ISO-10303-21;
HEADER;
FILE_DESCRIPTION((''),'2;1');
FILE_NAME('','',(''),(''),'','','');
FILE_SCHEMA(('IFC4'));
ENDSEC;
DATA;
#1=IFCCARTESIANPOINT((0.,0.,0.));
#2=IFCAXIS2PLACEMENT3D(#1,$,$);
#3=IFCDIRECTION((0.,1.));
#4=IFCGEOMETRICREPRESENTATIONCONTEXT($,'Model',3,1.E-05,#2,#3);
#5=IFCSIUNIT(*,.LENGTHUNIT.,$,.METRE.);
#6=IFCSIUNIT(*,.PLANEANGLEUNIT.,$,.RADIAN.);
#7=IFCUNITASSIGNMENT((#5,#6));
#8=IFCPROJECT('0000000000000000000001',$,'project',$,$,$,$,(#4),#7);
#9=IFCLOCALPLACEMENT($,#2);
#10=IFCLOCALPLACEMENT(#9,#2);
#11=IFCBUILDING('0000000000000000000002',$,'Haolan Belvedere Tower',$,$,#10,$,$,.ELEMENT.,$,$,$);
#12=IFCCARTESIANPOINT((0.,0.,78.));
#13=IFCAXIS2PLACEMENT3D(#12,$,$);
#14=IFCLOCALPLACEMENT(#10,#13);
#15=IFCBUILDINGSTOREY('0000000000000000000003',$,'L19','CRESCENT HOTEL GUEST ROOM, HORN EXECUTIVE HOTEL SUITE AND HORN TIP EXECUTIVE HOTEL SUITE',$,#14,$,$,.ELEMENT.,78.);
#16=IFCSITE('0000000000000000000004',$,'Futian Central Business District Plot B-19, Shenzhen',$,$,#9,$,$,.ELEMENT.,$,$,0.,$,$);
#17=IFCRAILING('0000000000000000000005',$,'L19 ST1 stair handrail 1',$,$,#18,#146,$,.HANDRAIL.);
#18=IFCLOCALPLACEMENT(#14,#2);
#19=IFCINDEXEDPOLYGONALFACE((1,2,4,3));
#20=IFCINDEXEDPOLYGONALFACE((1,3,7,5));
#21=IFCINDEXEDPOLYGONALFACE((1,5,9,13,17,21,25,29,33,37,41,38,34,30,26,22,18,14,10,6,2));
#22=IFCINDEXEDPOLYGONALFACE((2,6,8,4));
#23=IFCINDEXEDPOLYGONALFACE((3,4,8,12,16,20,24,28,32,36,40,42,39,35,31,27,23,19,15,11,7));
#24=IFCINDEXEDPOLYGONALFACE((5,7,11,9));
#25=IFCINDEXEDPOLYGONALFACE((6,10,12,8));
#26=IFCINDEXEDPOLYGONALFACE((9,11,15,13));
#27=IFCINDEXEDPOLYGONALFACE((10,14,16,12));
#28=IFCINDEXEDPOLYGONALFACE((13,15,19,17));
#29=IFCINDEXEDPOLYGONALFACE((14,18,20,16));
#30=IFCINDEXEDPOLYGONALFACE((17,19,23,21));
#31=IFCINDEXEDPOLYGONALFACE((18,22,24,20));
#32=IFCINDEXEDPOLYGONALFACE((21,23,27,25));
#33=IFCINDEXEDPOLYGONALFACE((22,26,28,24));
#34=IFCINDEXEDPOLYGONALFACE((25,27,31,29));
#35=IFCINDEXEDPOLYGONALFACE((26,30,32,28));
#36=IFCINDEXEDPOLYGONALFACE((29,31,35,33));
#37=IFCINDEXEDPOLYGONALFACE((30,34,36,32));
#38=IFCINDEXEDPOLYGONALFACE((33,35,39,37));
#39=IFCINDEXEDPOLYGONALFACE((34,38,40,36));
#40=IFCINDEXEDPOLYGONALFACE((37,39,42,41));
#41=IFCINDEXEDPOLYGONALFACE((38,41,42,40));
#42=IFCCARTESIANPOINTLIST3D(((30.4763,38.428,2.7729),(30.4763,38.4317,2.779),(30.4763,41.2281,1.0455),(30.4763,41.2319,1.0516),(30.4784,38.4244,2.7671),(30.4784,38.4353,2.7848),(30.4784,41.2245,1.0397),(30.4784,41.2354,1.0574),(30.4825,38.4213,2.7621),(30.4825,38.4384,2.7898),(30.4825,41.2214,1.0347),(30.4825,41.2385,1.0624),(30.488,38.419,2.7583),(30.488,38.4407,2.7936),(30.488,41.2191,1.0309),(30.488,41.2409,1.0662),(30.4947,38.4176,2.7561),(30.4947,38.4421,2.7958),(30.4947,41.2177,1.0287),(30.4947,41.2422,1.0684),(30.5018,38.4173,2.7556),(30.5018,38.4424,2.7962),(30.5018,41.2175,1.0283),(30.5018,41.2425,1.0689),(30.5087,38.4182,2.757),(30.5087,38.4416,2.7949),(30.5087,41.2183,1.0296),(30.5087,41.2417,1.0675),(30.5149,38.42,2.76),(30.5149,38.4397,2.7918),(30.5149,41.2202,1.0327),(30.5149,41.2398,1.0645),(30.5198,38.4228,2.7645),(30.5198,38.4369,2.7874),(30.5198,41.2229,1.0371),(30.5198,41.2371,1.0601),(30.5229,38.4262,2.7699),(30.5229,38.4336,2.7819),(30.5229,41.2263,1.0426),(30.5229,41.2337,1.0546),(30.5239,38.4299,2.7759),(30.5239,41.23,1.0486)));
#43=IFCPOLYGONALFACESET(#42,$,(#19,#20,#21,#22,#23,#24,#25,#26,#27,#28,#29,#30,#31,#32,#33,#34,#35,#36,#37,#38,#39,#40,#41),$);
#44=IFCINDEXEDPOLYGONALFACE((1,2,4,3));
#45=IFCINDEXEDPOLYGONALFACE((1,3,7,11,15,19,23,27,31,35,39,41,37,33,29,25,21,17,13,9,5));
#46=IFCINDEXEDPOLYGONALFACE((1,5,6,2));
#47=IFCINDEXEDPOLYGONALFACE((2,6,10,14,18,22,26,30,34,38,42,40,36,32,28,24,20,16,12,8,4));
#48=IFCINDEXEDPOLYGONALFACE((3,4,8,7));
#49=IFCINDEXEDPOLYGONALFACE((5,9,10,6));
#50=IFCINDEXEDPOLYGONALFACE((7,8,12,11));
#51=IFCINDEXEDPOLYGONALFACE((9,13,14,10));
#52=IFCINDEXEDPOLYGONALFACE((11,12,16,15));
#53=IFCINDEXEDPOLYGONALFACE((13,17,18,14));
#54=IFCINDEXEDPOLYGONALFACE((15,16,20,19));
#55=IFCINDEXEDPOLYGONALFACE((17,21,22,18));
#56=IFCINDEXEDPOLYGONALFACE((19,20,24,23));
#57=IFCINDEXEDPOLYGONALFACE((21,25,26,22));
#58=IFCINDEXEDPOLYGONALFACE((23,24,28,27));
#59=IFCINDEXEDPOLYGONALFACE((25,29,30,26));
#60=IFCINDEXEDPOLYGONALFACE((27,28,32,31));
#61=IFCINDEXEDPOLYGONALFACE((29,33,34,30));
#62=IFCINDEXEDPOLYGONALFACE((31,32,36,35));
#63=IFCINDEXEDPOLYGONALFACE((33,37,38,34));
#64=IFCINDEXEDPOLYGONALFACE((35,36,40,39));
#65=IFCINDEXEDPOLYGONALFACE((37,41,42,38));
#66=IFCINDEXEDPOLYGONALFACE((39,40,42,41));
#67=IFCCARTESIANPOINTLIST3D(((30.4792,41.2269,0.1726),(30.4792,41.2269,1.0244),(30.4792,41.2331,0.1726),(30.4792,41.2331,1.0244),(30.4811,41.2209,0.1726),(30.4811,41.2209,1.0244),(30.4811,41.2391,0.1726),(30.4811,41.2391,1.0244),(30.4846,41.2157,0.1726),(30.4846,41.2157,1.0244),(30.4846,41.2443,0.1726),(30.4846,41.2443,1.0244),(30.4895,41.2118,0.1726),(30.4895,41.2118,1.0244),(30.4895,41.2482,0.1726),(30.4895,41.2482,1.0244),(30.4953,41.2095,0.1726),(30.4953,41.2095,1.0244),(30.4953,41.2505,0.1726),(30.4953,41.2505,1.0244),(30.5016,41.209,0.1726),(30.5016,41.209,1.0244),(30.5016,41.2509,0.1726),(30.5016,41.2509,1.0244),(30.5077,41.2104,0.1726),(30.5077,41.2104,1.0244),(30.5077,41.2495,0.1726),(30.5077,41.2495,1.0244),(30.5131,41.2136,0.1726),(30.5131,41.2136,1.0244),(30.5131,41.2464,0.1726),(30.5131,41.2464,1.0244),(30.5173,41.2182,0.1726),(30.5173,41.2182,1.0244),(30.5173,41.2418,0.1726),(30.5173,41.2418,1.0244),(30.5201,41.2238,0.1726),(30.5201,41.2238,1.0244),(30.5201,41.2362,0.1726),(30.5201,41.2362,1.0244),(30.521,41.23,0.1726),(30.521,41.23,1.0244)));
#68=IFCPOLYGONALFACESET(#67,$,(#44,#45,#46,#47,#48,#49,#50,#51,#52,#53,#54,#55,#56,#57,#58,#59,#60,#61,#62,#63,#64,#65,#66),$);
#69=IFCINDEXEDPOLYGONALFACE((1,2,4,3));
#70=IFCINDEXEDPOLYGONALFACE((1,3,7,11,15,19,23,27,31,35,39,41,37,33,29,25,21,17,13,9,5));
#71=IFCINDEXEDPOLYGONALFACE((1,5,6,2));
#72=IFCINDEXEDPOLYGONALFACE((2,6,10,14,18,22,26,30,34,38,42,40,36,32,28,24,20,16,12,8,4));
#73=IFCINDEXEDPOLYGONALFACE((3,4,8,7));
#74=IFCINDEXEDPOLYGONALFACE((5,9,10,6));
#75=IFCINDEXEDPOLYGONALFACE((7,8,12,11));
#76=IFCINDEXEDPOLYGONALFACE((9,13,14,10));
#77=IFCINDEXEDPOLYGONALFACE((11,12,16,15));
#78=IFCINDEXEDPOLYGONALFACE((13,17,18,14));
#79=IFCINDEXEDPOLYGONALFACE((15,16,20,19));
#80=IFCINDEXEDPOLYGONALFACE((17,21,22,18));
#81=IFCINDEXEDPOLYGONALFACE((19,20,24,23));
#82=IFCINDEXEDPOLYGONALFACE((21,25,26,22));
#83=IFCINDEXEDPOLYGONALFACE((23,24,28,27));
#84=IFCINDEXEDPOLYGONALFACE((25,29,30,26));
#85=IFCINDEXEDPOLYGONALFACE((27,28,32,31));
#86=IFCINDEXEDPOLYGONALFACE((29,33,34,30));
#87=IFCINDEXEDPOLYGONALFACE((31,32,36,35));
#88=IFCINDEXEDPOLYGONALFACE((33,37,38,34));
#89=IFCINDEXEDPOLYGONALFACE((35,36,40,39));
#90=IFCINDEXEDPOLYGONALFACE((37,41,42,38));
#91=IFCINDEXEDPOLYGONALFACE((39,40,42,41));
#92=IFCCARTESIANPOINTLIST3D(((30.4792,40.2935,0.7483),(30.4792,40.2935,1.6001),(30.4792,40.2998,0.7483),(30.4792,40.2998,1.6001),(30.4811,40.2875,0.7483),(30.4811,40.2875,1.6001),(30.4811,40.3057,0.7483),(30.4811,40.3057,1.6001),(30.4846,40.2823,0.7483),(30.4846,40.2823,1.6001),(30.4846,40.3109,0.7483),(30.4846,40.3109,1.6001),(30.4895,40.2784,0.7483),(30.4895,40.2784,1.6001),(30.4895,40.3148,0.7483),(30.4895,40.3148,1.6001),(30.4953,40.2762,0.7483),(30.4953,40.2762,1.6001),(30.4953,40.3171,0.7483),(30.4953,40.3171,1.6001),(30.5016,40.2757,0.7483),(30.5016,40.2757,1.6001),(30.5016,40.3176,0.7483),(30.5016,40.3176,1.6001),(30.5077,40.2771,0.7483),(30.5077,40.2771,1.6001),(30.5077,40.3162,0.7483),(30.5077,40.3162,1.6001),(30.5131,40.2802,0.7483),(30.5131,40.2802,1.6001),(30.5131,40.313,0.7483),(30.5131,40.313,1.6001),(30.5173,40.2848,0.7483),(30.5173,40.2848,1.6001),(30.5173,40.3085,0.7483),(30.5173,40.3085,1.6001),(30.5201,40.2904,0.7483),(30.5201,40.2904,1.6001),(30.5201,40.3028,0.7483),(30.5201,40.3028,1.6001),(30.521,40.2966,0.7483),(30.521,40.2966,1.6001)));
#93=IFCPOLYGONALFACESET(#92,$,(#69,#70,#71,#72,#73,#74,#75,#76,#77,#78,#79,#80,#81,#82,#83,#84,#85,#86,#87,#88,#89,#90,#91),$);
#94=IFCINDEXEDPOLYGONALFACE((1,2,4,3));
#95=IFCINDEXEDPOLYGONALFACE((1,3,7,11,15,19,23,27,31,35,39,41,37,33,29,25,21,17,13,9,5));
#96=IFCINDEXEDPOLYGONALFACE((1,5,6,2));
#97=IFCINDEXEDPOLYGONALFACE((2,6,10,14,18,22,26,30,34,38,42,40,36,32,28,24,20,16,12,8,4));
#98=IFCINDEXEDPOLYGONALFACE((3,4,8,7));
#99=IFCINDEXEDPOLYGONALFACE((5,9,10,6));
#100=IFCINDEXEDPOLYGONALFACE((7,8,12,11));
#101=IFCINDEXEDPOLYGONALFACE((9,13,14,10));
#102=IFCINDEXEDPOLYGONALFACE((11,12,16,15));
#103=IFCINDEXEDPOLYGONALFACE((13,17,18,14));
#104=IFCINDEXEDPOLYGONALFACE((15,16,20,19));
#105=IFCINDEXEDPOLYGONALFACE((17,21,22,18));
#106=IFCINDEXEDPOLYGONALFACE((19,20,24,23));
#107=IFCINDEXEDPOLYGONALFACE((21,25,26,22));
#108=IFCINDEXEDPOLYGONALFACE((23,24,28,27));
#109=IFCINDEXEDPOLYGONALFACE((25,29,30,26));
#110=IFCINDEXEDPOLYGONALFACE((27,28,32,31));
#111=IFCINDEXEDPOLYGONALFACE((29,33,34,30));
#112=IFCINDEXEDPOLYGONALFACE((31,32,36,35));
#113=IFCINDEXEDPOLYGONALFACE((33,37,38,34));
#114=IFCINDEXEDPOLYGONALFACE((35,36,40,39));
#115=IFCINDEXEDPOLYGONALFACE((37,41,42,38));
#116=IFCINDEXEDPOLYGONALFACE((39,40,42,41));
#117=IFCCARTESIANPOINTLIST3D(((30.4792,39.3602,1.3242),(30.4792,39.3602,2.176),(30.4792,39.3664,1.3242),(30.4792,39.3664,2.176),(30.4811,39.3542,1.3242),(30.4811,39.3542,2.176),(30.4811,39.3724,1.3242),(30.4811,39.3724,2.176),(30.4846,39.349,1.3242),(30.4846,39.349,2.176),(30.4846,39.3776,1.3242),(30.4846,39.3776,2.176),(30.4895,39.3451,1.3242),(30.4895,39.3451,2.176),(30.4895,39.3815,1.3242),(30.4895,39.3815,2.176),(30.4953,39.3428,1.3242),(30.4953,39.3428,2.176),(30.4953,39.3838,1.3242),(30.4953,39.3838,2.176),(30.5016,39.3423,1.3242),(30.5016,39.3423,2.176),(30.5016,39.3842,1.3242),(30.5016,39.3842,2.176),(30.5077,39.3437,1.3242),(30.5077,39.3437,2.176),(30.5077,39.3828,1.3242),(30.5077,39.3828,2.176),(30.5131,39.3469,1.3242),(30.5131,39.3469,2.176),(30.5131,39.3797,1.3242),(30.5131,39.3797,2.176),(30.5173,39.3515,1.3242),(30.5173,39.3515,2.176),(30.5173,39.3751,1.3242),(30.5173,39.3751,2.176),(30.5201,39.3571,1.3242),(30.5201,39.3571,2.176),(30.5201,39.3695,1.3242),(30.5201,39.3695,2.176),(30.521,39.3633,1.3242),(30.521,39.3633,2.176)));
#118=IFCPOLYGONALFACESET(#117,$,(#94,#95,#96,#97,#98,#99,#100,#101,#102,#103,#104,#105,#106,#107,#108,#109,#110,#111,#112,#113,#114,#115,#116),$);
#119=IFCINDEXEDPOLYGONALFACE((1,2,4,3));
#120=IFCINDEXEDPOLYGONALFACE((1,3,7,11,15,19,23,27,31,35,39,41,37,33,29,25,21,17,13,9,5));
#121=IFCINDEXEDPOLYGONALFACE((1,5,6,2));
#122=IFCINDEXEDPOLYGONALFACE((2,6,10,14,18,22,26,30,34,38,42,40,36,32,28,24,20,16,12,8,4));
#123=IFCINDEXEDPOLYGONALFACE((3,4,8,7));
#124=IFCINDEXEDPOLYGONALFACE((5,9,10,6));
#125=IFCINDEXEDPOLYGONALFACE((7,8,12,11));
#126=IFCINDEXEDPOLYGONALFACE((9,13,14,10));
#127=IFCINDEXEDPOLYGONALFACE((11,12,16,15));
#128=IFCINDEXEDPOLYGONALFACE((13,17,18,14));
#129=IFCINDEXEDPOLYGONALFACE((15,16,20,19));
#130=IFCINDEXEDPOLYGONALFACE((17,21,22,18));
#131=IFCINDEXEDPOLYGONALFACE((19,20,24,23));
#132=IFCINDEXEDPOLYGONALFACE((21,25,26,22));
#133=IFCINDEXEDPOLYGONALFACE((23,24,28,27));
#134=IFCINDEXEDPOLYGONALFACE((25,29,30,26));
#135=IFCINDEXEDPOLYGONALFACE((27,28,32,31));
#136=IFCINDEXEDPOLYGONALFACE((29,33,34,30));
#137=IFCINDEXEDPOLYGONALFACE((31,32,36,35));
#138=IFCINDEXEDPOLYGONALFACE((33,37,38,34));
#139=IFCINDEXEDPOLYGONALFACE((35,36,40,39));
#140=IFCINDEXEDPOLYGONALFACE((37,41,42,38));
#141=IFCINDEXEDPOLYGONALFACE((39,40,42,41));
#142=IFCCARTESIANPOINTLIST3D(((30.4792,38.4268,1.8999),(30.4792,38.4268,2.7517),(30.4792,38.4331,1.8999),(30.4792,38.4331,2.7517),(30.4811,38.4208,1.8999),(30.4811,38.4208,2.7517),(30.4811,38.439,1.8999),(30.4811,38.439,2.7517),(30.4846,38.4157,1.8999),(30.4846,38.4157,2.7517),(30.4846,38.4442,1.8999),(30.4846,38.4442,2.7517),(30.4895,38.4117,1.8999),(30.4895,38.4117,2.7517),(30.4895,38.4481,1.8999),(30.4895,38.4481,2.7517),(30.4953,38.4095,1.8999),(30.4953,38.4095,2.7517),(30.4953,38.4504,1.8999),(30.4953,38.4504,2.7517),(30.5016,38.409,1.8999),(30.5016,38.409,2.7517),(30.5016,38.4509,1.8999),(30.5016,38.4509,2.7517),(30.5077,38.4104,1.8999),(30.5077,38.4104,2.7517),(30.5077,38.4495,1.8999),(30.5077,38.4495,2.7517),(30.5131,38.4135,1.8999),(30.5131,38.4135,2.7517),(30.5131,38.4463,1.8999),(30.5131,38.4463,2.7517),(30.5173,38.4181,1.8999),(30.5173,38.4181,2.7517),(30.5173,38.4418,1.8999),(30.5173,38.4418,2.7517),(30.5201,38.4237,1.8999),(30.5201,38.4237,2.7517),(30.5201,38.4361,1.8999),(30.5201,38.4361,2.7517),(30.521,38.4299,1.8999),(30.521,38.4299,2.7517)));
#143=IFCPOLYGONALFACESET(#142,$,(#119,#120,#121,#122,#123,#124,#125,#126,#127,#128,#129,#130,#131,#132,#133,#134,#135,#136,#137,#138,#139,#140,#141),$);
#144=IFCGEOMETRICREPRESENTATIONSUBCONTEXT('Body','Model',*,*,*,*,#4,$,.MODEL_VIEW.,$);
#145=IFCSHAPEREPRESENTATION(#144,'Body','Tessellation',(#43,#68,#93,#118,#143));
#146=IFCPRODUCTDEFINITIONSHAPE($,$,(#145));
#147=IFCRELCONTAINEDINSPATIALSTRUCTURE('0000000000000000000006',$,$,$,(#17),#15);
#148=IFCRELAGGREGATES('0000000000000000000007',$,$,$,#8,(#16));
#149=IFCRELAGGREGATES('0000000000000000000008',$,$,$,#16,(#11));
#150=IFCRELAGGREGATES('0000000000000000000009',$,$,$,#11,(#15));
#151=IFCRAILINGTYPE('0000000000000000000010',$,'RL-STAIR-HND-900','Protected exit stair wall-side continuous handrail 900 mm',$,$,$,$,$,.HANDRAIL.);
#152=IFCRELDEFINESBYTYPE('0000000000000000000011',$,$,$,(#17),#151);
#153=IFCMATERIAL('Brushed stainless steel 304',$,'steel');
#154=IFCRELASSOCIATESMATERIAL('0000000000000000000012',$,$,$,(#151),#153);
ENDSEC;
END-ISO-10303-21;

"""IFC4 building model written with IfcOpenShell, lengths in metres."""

from ifc_helpers import new_model, si_unit, direction, frame, origin, origin_2d, place, context, subcontext, project, spatial, circle, extrude, material, type_object, element, save


model = new_model("IFC4")

# Units and contexts
model_context = context("Model", 3, precision=1e-05, world=origin(), true_north=direction((0.0, 1.0)))
body_context = subcontext(model_context, "Body", "Model", "MODEL_VIEW")
ifc_project = project(units=[si_unit("LENGTHUNIT", "METRE"), si_unit("PLANEANGLEUNIT", "RADIAN")], contexts=[model_context])

# Site, building, storey
site_placement = place(None, origin())
site = spatial("IfcSite", under=ifc_project, at=site_placement, Name="Futian Central Business District Plot B-19, Shenzhen", CompositionType="ELEMENT", RefElevation=0.0)
building_placement = place(site_placement, origin())
building = spatial("IfcBuilding", under=site, at=building_placement, Name="Haolan Belvedere Tower", CompositionType="ELEMENT")
storey_placement = place(building_placement, frame((0.0, 0.0, 78.0)))
storey = spatial("IfcBuildingStorey", under=building, at=storey_placement, Name="L19", Description="CRESCENT HOTEL GUEST ROOM, HORN EXECUTIVE HOTEL SUITE AND HORN TIP EXECUTIVE HOTEL SUITE", CompositionType="ELEMENT", Elevation=78.0)

# Railing
ifc_material_1 = material(Name="Brushed stainless steel 304", Category="steel")
railing_type_1 = type_object("IfcRailingType", Name="RL-STAIR-HND-900", Description="Protected exit stair wall-side continuous handrail 900 mm", PredefinedType="HANDRAIL", material=ifc_material_1)
railing_1_placement = place(storey_placement, frame((30.5, 41.23, 0.1726)))
element("IfcRailing", 1, at=railing_1_placement, inside=storey, type_object=railing_type_1, Name="L19 ST1 stair handrail 1", PredefinedType="HANDRAIL", context=body_context, shape_type="SweptSolid", body=[
    extrude(circle(Radius=0.0239, at=origin_2d()), frame((0.0, 0.0, 0.876), z_axis=(0.0, -0.85109, 0.52502), x_axis=(1.0, 0.0, 0.0)), (0.0, 0.0, 1.0), 3.29),
    extrude(circle(Radius=0.021, at=origin_2d()), origin(), (0.0, 0.0, 1.0), 0.8518),
    extrude(circle(Radius=0.021, at=origin_2d()), frame((0.0, -0.9333, 0.5757)), (0.0, 0.0, 1.0), 0.8518),
    extrude(circle(Radius=0.021, at=origin_2d()), frame((0.0, -1.8667, 1.1516)), (0.0, 0.0, 1.0), 0.8518),
    extrude(circle(Radius=0.021, at=origin_2d()), frame((0.0, -2.8, 1.7273)), (0.0, 0.0, 1.0), 0.8518),
])

save(model, "model.ifc")
